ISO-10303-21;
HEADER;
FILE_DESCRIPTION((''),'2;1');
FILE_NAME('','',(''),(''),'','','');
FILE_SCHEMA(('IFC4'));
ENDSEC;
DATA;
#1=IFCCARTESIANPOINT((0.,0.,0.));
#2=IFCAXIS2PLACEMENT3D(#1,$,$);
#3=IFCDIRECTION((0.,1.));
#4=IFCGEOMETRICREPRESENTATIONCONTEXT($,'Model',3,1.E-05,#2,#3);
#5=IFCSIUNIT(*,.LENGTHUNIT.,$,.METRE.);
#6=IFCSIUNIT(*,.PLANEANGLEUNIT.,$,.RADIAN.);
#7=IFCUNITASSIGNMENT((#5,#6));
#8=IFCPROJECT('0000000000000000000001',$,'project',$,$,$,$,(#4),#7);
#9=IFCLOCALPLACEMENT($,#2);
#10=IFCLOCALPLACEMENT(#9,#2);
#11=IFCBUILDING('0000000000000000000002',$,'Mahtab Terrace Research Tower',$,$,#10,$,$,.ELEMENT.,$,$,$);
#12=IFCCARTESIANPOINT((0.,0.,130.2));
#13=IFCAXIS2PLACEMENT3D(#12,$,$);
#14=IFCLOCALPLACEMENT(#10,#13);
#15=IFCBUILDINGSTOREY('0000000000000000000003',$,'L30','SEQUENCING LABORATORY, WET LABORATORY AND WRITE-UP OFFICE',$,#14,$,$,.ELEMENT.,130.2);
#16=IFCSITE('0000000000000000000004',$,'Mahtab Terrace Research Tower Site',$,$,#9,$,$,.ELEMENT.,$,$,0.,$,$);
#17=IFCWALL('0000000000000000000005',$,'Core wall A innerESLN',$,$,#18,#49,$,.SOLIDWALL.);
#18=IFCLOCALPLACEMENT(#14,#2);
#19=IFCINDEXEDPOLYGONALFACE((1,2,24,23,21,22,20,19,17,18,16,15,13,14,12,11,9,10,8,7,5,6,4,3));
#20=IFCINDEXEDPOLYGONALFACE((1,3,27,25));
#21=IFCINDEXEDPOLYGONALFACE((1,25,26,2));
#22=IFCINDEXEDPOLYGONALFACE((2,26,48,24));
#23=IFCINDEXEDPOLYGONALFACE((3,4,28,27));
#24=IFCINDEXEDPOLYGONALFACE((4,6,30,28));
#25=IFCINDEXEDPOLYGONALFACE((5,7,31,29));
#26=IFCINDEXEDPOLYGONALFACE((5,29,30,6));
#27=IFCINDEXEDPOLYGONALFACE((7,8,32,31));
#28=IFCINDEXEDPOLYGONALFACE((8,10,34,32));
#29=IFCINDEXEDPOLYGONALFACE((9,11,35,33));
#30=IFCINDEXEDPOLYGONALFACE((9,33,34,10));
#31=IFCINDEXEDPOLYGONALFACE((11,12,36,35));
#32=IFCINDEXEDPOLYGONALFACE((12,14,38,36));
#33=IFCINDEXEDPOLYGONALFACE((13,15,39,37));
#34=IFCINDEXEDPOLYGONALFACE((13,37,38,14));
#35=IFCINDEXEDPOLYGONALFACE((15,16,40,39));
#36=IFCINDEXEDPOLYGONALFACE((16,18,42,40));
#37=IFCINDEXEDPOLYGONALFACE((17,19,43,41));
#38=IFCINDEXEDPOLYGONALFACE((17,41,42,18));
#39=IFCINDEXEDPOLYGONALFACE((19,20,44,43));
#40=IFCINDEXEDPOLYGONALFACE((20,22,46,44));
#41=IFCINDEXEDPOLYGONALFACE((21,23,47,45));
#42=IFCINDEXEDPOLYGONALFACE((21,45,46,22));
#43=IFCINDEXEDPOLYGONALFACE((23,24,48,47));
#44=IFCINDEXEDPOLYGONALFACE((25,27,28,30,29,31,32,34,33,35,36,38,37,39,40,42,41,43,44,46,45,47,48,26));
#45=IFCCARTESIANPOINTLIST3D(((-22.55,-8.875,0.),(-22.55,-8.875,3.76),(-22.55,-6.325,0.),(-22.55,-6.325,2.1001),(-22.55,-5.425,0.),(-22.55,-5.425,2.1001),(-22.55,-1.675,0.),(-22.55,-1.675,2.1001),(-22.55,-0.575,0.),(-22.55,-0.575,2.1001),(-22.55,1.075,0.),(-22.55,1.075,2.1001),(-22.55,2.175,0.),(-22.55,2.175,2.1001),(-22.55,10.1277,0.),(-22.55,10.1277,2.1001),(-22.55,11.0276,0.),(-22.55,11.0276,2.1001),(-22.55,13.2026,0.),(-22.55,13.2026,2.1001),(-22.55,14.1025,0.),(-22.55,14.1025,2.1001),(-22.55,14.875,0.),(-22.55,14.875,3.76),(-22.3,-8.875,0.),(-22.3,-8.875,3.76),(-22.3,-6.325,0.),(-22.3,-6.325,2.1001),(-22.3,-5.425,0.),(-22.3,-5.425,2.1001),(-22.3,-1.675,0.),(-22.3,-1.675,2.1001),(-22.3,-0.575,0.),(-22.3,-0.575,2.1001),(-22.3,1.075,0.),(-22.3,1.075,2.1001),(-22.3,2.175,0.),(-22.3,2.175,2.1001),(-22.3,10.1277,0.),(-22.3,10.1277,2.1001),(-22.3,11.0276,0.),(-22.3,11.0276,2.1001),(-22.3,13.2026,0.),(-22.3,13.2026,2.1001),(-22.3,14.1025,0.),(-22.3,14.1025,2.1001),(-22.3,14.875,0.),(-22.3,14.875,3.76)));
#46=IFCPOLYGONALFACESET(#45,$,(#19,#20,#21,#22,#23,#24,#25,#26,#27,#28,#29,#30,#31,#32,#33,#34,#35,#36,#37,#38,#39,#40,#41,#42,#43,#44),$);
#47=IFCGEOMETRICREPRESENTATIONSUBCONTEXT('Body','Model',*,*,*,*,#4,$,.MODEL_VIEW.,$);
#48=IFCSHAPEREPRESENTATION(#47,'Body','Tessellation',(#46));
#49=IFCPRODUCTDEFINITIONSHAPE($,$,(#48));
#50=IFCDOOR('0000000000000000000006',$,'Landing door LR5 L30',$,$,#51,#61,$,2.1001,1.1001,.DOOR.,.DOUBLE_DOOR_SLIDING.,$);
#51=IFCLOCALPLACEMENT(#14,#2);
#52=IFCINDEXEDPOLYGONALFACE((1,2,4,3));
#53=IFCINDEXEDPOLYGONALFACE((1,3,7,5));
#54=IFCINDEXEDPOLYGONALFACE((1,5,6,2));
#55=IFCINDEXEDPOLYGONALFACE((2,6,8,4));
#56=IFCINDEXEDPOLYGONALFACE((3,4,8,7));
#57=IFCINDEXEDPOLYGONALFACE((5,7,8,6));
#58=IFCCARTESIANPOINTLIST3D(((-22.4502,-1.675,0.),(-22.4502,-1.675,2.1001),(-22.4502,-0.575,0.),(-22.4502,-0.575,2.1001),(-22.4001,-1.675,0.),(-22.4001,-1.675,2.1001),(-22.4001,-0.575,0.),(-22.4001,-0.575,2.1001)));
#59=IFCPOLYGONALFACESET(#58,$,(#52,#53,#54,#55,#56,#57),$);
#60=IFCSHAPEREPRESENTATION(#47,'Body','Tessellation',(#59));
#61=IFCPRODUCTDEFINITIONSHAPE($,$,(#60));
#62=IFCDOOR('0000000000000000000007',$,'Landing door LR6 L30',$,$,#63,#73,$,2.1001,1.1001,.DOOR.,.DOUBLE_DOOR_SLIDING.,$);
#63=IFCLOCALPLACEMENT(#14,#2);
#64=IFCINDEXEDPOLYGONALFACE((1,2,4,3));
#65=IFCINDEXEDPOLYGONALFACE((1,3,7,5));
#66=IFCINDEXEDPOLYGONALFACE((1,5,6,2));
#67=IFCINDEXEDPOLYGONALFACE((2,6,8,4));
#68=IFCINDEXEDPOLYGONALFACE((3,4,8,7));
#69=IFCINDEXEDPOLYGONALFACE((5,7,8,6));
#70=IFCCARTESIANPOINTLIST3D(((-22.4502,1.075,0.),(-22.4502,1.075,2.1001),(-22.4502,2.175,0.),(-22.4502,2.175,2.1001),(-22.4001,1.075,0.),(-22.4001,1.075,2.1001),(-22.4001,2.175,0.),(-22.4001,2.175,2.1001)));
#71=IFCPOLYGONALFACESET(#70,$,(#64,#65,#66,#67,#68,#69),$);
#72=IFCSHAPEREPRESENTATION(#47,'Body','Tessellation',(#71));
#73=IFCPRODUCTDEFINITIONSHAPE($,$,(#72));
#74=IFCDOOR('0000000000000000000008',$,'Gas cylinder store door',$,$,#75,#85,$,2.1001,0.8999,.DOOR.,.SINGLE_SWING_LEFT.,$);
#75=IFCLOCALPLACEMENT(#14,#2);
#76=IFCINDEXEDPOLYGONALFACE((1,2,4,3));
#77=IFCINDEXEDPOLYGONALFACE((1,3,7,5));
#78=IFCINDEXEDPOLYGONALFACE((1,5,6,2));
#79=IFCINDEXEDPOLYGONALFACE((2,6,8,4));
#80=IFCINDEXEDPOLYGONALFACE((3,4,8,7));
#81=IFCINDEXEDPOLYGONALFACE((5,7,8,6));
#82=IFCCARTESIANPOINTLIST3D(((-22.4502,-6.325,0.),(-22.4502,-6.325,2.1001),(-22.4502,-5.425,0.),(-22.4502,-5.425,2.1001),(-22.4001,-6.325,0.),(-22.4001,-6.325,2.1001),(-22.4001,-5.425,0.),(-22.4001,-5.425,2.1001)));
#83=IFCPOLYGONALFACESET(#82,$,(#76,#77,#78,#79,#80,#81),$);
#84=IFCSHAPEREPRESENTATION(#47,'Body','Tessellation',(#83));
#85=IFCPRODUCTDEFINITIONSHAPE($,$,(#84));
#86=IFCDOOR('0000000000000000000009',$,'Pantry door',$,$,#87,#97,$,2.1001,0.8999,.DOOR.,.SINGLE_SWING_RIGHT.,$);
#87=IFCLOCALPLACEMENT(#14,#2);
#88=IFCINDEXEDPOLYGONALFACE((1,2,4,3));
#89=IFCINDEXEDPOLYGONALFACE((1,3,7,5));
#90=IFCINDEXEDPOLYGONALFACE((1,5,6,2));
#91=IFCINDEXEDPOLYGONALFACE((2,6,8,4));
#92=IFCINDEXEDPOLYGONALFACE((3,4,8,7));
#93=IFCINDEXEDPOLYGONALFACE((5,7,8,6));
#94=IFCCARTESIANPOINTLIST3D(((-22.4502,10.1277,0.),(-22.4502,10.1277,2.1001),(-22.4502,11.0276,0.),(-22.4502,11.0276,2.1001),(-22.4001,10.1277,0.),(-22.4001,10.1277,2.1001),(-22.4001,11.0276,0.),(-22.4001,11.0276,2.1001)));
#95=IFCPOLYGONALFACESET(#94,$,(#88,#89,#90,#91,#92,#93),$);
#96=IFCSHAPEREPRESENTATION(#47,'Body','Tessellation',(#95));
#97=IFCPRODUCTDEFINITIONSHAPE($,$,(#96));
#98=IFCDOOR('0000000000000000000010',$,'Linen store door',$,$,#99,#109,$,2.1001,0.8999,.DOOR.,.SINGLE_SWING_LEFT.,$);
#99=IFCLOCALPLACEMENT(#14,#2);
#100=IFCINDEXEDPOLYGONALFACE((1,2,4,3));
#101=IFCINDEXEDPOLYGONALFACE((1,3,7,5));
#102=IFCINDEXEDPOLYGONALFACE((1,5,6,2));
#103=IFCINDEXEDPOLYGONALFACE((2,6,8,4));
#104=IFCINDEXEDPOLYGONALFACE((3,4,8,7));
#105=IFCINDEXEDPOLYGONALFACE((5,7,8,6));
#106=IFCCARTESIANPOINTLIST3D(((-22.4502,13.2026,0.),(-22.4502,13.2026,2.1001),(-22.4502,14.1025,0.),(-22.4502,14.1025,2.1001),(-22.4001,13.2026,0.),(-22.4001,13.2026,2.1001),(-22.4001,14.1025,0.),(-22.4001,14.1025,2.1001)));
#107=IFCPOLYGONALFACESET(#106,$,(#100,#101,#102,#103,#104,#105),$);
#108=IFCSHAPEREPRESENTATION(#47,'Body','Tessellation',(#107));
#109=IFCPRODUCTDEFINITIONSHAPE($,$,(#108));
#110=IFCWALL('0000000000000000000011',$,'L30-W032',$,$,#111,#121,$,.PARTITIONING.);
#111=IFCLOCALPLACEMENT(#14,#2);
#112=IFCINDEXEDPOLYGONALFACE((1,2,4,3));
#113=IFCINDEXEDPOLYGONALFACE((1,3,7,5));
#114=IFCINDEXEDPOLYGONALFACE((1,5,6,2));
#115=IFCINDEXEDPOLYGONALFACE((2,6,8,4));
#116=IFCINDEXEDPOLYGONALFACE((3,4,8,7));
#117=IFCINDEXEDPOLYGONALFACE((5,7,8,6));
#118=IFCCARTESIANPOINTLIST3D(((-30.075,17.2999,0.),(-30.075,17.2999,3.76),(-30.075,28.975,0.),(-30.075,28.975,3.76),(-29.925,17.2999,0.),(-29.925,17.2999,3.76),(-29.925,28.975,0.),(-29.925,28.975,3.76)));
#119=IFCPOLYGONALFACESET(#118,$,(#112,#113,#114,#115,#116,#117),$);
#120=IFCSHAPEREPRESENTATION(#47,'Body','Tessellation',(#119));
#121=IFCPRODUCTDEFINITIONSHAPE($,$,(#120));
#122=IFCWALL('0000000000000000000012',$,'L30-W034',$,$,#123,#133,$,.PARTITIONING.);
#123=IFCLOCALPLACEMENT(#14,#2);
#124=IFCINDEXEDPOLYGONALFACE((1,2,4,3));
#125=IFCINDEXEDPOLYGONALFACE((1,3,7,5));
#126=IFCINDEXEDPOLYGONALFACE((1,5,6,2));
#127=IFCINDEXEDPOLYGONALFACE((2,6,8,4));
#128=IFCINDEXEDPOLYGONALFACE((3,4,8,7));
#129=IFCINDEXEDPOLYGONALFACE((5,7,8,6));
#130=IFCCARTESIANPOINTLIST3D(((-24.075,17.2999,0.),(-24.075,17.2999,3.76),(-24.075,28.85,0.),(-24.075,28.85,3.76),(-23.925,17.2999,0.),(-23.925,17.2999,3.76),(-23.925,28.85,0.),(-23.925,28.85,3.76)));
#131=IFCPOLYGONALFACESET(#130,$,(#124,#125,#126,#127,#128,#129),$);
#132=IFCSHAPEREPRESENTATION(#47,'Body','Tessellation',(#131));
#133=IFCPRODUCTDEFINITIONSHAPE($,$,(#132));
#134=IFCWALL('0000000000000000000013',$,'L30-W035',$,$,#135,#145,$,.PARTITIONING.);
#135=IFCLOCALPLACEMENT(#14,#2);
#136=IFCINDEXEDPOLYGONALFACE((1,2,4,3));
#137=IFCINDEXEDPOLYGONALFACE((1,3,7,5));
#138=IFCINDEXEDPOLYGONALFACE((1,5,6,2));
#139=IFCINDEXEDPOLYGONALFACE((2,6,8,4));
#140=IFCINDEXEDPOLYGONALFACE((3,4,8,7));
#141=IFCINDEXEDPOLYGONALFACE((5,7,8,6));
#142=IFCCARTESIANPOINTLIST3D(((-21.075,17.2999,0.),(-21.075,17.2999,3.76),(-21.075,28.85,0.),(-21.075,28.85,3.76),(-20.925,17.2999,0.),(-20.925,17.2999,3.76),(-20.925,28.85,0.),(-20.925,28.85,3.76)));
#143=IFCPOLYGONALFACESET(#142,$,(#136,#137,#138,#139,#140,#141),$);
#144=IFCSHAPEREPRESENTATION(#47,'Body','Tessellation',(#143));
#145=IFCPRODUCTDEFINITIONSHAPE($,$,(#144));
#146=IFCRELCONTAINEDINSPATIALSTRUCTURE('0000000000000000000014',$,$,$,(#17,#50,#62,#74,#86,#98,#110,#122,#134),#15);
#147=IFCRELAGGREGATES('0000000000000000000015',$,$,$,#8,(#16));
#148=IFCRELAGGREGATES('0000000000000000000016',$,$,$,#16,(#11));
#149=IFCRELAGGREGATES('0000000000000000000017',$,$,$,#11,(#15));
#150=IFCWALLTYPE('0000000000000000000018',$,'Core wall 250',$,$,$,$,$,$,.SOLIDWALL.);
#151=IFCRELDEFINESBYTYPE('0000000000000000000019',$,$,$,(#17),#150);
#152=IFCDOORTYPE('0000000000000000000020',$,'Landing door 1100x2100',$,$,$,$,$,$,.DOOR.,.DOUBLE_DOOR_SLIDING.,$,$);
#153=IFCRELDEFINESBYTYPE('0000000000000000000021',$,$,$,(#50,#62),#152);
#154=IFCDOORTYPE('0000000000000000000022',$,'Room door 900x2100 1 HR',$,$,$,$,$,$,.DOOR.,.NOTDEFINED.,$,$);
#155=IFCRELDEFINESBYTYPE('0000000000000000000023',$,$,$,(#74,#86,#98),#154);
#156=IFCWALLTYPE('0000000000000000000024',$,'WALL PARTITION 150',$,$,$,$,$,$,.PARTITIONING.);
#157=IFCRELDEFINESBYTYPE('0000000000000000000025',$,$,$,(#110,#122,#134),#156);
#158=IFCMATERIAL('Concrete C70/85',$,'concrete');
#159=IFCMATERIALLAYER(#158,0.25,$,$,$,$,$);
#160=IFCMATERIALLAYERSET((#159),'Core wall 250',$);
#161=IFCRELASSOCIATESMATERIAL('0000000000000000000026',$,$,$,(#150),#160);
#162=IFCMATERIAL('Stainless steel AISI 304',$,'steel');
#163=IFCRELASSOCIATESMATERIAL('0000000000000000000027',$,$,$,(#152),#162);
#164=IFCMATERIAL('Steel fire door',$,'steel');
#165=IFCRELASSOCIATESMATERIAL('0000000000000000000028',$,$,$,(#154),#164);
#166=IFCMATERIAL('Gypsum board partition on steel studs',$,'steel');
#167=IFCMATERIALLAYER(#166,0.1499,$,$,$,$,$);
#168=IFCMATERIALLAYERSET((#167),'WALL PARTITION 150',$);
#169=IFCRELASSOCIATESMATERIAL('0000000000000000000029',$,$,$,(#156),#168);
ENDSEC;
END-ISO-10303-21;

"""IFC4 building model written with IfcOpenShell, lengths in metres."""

from ifc_helpers import new_model, si_unit, direction, frame, frame_2d, origin, place, context, subcontext, project, spatial, rectangle, extrude, material, layer, layer_set, type_object, element, fill, save


model = new_model("IFC4")

# Units and contexts
model_context = context("Model", 3, precision=1e-05, world=origin(), true_north=direction((0.0, 1.0)))
body_context = subcontext(model_context, "Body", "Model", "MODEL_VIEW")
ifc_project = project(units=[si_unit("LENGTHUNIT", "METRE"), si_unit("PLANEANGLEUNIT", "RADIAN")], contexts=[model_context])

# Site, building, storey
site_placement = place(None, origin())
site = spatial("IfcSite", under=ifc_project, at=site_placement, Name="Mahtab Terrace Research Tower Site", CompositionType="ELEMENT", RefElevation=0.0)
building_placement = place(site_placement, origin())
building = spatial("IfcBuilding", under=site, at=building_placement, Name="Mahtab Terrace Research Tower", CompositionType="ELEMENT")
storey_placement = place(building_placement, frame((0.0, 0.0, 130.2)))
storey = spatial("IfcBuildingStorey", under=building, at=storey_placement, Name="L30", Description="SEQUENCING LABORATORY, WET LABORATORY AND WRITE-UP OFFICE", CompositionType="ELEMENT", Elevation=130.2)

# Shared definitions
ifc_material_1 = material(Name="Concrete C70/85", Category="concrete")
ifc_layer_1 = layer(ifc_material_1, 0.25)
ifc_layer_set_1 = layer_set([ifc_layer_1], Name="Core wall 250")
wall_type_1 = type_object("IfcWallType", Name="Core wall 250", PredefinedType="SOLIDWALL", material=ifc_layer_set_1)

# Shared definitions
ifc_material_2 = material(Name="Steel fire door", Category="steel")

# Wall, openings, doors
wall_1_placement = place(storey_placement, frame((-22.425, 14.875, 0.0), z_axis=(0.0, 0.0, 1.0), x_axis=(0.0, -1.0, 0.0)))
wall_1 = element("IfcWall", 1, at=wall_1_placement, inside=storey, type_object=wall_type_1, Name="Core wall A innerESLN", PredefinedType="SOLIDWALL", context=body_context, shape_type="SweptSolid", body=[
    extrude(rectangle(XDim=23.75, YDim=0.25, at=frame_2d((11.875, 0.0))), origin(), (0.0, 0.0, 1.0), 3.76),
])
opening_1_placement = place(wall_1_placement, frame((15.45, 0.0, 0.0)))
opening_1 = element("IfcOpeningElement", 2, at=opening_1_placement, cuts=wall_1, PredefinedType="OPENING", context=body_context, shape_type="SweptSolid", body=[
    extrude(rectangle(XDim=1.1001, YDim=2.1001, at=frame_2d((0.55, 1.05))), frame((0.0, 0.135, 0.0), z_axis=(0.0, -1.0, 0.0), x_axis=(1.0, 0.0, 0.0)), (0.0, 0.0, 1.0), 0.27),
])
opening_2_placement = place(wall_1_placement, frame((12.7, 0.0, 0.0)))
opening_2 = element("IfcOpeningElement", 3, at=opening_2_placement, cuts=wall_1, PredefinedType="OPENING", context=body_context, shape_type="SweptSolid", body=[
    extrude(rectangle(XDim=1.1001, YDim=2.1001, at=frame_2d((0.55, 1.05))), frame((0.0, 0.135, 0.0), z_axis=(0.0, -1.0, 0.0), x_axis=(1.0, 0.0, 0.0)), (0.0, 0.0, 1.0), 0.27),
])
opening_3_placement = place(wall_1_placement, frame((20.3, 0.0, 0.0)))
opening_3 = element("IfcOpeningElement", 4, at=opening_3_placement, cuts=wall_1, PredefinedType="OPENING", context=body_context, shape_type="SweptSolid", body=[
    extrude(rectangle(XDim=0.8999, YDim=2.1001, at=frame_2d((0.45, 1.05))), frame((0.0, 0.135, 0.0), z_axis=(0.0, -1.0, 0.0), x_axis=(1.0, 0.0, 0.0)), (0.0, 0.0, 1.0), 0.27),
])
opening_4_placement = place(wall_1_placement, frame((3.8474, 0.0, 0.0)))
opening_4 = element("IfcOpeningElement", 5, at=opening_4_placement, cuts=wall_1, PredefinedType="OPENING", context=body_context, shape_type="SweptSolid", body=[
    extrude(rectangle(XDim=0.8999, YDim=2.1001, at=frame_2d((0.45, 1.05))), frame((0.0, 0.135, 0.0), z_axis=(0.0, -1.0, 0.0), x_axis=(1.0, 0.0, 0.0)), (0.0, 0.0, 1.0), 0.27),
])
opening_5_placement = place(wall_1_placement, frame((0.7725, 0.0, 0.0)))
opening_5 = element("IfcOpeningElement", 6, at=opening_5_placement, cuts=wall_1, PredefinedType="OPENING", context=body_context, shape_type="SweptSolid", body=[
    extrude(rectangle(XDim=0.8999, YDim=2.1001, at=frame_2d((0.45, 1.05))), frame((0.0, 0.135, 0.0), z_axis=(0.0, -1.0, 0.0), x_axis=(1.0, 0.0, 0.0)), (0.0, 0.0, 1.0), 0.27),
])
ifc_material_3 = material(Name="Stainless steel AISI 304", Category="steel")
door_type_1 = type_object("IfcDoorType", Name="Landing door 1100x2100", OperationType="DOUBLE_DOOR_SLIDING", PredefinedType="DOOR", material=ifc_material_3)
door_1_placement = place(opening_1_placement, origin())
door_1 = element("IfcDoor", 7, at=door_1_placement, inside=storey, type_object=door_type_1, Name="Landing door LR5 L30", OperationType="DOUBLE_DOOR_SLIDING", OverallHeight=2.1001, OverallWidth=1.1001, PredefinedType="DOOR", context=body_context, shape_type="SweptSolid", body=[
    extrude(rectangle(XDim=1.1001, YDim=2.1001, at=frame_2d((0.55, 1.05))), frame((0.0, 0.0249, 0.0), z_axis=(0.0, -1.0, 0.0), x_axis=(1.0, 0.0, 0.0)), (0.0, 0.0, 1.0), 0.05),
])
fill(opening_1, door_1)
door_2_placement = place(opening_2_placement, origin())
door_2 = element("IfcDoor", 8, at=door_2_placement, inside=storey, type_object=door_type_1, Name="Landing door LR6 L30", OperationType="DOUBLE_DOOR_SLIDING", OverallHeight=2.1001, OverallWidth=1.1001, PredefinedType="DOOR", context=body_context, shape_type="SweptSolid", body=[
    extrude(rectangle(XDim=1.1001, YDim=2.1001, at=frame_2d((0.55, 1.05))), frame((0.0, 0.0249, 0.0), z_axis=(0.0, -1.0, 0.0), x_axis=(1.0, 0.0, 0.0)), (0.0, 0.0, 1.0), 0.05),
])
fill(opening_2, door_2)
door_type_2 = type_object("IfcDoorType", Name="Room door 900x2100 1 HR", OperationType="NOTDEFINED", PredefinedType="DOOR", material=ifc_material_2)
door_3_placement = place(opening_3_placement, origin())
door_3 = element("IfcDoor", 9, at=door_3_placement, inside=storey, type_object=door_type_2, Name="Gas cylinder store door", OperationType="SINGLE_SWING_LEFT", OverallHeight=2.1001, OverallWidth=0.8999, PredefinedType="DOOR", context=body_context, shape_type="SweptSolid", body=[
    extrude(rectangle(XDim=0.8999, YDim=2.1001, at=frame_2d((0.45, 1.05))), frame((0.0, 0.0249, 0.0), z_axis=(0.0, -1.0, 0.0), x_axis=(1.0, 0.0, 0.0)), (0.0, 0.0, 1.0), 0.05),
])
fill(opening_3, door_3)
door_4_placement = place(opening_4_placement, origin())
door_4 = element("IfcDoor", 10, at=door_4_placement, inside=storey, type_object=door_type_2, Name="Pantry door", OperationType="SINGLE_SWING_RIGHT", OverallHeight=2.1001, OverallWidth=0.8999, PredefinedType="DOOR", context=body_context, shape_type="SweptSolid", body=[
    extrude(rectangle(XDim=0.8999, YDim=2.1001, at=frame_2d((0.45, 1.05))), frame((0.0, 0.0249, 0.0), z_axis=(0.0, -1.0, 0.0), x_axis=(1.0, 0.0, 0.0)), (0.0, 0.0, 1.0), 0.05),
])
fill(opening_4, door_4)
door_5_placement = place(opening_5_placement, origin())
door_5 = element("IfcDoor", 11, at=door_5_placement, inside=storey, type_object=door_type_2, Name="Linen store door", OperationType="SINGLE_SWING_LEFT", OverallHeight=2.1001, OverallWidth=0.8999, PredefinedType="DOOR", context=body_context, shape_type="SweptSolid", body=[
    extrude(rectangle(XDim=0.8999, YDim=2.1001, at=frame_2d((0.45, 1.05))), frame((0.0, 0.0249, 0.0), z_axis=(0.0, -1.0, 0.0), x_axis=(1.0, 0.0, 0.0)), (0.0, 0.0, 1.0), 0.05),
])
fill(opening_5, door_5)

# Walls
ifc_material_4 = material(Name="Gypsum board partition on steel studs", Category="steel")
ifc_layer_2 = layer(ifc_material_4, 0.1499)
ifc_layer_set_2 = layer_set([ifc_layer_2], Name="WALL PARTITION 150")
wall_type_2 = type_object("IfcWallType", Name="WALL PARTITION 150", PredefinedType="PARTITIONING", material=ifc_layer_set_2)
wall_2_placement = place(storey_placement, frame((-30.0, 17.3, 0.0), z_axis=(0.0, 0.0, 1.0), x_axis=(0.0, 1.0, 0.0)))
element("IfcWall", 12, at=wall_2_placement, inside=storey, type_object=wall_type_2, Name="L30-W032", PredefinedType="PARTITIONING", context=body_context, shape_type="SweptSolid", body=[
    extrude(rectangle(XDim=11.675, YDim=0.1499, at=frame_2d((5.8374, 0.0))), origin(), (0.0, 0.0, 1.0), 3.76),
])
for number, where, z_axis, x_axis, name in (
    (13, (-24.0, 17.3, 0.0), (0.0, 0.0, 1.0), (0.0, 1.0, 0.0), "L30-W034"),
    (14, (-21.0, 17.3, 0.0), (0.0, 0.0, 1.0), (0.0, 1.0, 0.0), "L30-W035"),
):
    element("IfcWall", number, at=place(storey_placement, frame(where, z_axis=z_axis, x_axis=x_axis)), inside=storey, type_object=wall_type_2, Name=name, PredefinedType="PARTITIONING", context=body_context, shape_type="SweptSolid", body=[
        extrude(rectangle(XDim=11.55, YDim=0.1499, at=frame_2d((5.7749, 0.0))), origin(), (0.0, 0.0, 1.0), 3.76),
    ])

save(model, "model.ifc")
